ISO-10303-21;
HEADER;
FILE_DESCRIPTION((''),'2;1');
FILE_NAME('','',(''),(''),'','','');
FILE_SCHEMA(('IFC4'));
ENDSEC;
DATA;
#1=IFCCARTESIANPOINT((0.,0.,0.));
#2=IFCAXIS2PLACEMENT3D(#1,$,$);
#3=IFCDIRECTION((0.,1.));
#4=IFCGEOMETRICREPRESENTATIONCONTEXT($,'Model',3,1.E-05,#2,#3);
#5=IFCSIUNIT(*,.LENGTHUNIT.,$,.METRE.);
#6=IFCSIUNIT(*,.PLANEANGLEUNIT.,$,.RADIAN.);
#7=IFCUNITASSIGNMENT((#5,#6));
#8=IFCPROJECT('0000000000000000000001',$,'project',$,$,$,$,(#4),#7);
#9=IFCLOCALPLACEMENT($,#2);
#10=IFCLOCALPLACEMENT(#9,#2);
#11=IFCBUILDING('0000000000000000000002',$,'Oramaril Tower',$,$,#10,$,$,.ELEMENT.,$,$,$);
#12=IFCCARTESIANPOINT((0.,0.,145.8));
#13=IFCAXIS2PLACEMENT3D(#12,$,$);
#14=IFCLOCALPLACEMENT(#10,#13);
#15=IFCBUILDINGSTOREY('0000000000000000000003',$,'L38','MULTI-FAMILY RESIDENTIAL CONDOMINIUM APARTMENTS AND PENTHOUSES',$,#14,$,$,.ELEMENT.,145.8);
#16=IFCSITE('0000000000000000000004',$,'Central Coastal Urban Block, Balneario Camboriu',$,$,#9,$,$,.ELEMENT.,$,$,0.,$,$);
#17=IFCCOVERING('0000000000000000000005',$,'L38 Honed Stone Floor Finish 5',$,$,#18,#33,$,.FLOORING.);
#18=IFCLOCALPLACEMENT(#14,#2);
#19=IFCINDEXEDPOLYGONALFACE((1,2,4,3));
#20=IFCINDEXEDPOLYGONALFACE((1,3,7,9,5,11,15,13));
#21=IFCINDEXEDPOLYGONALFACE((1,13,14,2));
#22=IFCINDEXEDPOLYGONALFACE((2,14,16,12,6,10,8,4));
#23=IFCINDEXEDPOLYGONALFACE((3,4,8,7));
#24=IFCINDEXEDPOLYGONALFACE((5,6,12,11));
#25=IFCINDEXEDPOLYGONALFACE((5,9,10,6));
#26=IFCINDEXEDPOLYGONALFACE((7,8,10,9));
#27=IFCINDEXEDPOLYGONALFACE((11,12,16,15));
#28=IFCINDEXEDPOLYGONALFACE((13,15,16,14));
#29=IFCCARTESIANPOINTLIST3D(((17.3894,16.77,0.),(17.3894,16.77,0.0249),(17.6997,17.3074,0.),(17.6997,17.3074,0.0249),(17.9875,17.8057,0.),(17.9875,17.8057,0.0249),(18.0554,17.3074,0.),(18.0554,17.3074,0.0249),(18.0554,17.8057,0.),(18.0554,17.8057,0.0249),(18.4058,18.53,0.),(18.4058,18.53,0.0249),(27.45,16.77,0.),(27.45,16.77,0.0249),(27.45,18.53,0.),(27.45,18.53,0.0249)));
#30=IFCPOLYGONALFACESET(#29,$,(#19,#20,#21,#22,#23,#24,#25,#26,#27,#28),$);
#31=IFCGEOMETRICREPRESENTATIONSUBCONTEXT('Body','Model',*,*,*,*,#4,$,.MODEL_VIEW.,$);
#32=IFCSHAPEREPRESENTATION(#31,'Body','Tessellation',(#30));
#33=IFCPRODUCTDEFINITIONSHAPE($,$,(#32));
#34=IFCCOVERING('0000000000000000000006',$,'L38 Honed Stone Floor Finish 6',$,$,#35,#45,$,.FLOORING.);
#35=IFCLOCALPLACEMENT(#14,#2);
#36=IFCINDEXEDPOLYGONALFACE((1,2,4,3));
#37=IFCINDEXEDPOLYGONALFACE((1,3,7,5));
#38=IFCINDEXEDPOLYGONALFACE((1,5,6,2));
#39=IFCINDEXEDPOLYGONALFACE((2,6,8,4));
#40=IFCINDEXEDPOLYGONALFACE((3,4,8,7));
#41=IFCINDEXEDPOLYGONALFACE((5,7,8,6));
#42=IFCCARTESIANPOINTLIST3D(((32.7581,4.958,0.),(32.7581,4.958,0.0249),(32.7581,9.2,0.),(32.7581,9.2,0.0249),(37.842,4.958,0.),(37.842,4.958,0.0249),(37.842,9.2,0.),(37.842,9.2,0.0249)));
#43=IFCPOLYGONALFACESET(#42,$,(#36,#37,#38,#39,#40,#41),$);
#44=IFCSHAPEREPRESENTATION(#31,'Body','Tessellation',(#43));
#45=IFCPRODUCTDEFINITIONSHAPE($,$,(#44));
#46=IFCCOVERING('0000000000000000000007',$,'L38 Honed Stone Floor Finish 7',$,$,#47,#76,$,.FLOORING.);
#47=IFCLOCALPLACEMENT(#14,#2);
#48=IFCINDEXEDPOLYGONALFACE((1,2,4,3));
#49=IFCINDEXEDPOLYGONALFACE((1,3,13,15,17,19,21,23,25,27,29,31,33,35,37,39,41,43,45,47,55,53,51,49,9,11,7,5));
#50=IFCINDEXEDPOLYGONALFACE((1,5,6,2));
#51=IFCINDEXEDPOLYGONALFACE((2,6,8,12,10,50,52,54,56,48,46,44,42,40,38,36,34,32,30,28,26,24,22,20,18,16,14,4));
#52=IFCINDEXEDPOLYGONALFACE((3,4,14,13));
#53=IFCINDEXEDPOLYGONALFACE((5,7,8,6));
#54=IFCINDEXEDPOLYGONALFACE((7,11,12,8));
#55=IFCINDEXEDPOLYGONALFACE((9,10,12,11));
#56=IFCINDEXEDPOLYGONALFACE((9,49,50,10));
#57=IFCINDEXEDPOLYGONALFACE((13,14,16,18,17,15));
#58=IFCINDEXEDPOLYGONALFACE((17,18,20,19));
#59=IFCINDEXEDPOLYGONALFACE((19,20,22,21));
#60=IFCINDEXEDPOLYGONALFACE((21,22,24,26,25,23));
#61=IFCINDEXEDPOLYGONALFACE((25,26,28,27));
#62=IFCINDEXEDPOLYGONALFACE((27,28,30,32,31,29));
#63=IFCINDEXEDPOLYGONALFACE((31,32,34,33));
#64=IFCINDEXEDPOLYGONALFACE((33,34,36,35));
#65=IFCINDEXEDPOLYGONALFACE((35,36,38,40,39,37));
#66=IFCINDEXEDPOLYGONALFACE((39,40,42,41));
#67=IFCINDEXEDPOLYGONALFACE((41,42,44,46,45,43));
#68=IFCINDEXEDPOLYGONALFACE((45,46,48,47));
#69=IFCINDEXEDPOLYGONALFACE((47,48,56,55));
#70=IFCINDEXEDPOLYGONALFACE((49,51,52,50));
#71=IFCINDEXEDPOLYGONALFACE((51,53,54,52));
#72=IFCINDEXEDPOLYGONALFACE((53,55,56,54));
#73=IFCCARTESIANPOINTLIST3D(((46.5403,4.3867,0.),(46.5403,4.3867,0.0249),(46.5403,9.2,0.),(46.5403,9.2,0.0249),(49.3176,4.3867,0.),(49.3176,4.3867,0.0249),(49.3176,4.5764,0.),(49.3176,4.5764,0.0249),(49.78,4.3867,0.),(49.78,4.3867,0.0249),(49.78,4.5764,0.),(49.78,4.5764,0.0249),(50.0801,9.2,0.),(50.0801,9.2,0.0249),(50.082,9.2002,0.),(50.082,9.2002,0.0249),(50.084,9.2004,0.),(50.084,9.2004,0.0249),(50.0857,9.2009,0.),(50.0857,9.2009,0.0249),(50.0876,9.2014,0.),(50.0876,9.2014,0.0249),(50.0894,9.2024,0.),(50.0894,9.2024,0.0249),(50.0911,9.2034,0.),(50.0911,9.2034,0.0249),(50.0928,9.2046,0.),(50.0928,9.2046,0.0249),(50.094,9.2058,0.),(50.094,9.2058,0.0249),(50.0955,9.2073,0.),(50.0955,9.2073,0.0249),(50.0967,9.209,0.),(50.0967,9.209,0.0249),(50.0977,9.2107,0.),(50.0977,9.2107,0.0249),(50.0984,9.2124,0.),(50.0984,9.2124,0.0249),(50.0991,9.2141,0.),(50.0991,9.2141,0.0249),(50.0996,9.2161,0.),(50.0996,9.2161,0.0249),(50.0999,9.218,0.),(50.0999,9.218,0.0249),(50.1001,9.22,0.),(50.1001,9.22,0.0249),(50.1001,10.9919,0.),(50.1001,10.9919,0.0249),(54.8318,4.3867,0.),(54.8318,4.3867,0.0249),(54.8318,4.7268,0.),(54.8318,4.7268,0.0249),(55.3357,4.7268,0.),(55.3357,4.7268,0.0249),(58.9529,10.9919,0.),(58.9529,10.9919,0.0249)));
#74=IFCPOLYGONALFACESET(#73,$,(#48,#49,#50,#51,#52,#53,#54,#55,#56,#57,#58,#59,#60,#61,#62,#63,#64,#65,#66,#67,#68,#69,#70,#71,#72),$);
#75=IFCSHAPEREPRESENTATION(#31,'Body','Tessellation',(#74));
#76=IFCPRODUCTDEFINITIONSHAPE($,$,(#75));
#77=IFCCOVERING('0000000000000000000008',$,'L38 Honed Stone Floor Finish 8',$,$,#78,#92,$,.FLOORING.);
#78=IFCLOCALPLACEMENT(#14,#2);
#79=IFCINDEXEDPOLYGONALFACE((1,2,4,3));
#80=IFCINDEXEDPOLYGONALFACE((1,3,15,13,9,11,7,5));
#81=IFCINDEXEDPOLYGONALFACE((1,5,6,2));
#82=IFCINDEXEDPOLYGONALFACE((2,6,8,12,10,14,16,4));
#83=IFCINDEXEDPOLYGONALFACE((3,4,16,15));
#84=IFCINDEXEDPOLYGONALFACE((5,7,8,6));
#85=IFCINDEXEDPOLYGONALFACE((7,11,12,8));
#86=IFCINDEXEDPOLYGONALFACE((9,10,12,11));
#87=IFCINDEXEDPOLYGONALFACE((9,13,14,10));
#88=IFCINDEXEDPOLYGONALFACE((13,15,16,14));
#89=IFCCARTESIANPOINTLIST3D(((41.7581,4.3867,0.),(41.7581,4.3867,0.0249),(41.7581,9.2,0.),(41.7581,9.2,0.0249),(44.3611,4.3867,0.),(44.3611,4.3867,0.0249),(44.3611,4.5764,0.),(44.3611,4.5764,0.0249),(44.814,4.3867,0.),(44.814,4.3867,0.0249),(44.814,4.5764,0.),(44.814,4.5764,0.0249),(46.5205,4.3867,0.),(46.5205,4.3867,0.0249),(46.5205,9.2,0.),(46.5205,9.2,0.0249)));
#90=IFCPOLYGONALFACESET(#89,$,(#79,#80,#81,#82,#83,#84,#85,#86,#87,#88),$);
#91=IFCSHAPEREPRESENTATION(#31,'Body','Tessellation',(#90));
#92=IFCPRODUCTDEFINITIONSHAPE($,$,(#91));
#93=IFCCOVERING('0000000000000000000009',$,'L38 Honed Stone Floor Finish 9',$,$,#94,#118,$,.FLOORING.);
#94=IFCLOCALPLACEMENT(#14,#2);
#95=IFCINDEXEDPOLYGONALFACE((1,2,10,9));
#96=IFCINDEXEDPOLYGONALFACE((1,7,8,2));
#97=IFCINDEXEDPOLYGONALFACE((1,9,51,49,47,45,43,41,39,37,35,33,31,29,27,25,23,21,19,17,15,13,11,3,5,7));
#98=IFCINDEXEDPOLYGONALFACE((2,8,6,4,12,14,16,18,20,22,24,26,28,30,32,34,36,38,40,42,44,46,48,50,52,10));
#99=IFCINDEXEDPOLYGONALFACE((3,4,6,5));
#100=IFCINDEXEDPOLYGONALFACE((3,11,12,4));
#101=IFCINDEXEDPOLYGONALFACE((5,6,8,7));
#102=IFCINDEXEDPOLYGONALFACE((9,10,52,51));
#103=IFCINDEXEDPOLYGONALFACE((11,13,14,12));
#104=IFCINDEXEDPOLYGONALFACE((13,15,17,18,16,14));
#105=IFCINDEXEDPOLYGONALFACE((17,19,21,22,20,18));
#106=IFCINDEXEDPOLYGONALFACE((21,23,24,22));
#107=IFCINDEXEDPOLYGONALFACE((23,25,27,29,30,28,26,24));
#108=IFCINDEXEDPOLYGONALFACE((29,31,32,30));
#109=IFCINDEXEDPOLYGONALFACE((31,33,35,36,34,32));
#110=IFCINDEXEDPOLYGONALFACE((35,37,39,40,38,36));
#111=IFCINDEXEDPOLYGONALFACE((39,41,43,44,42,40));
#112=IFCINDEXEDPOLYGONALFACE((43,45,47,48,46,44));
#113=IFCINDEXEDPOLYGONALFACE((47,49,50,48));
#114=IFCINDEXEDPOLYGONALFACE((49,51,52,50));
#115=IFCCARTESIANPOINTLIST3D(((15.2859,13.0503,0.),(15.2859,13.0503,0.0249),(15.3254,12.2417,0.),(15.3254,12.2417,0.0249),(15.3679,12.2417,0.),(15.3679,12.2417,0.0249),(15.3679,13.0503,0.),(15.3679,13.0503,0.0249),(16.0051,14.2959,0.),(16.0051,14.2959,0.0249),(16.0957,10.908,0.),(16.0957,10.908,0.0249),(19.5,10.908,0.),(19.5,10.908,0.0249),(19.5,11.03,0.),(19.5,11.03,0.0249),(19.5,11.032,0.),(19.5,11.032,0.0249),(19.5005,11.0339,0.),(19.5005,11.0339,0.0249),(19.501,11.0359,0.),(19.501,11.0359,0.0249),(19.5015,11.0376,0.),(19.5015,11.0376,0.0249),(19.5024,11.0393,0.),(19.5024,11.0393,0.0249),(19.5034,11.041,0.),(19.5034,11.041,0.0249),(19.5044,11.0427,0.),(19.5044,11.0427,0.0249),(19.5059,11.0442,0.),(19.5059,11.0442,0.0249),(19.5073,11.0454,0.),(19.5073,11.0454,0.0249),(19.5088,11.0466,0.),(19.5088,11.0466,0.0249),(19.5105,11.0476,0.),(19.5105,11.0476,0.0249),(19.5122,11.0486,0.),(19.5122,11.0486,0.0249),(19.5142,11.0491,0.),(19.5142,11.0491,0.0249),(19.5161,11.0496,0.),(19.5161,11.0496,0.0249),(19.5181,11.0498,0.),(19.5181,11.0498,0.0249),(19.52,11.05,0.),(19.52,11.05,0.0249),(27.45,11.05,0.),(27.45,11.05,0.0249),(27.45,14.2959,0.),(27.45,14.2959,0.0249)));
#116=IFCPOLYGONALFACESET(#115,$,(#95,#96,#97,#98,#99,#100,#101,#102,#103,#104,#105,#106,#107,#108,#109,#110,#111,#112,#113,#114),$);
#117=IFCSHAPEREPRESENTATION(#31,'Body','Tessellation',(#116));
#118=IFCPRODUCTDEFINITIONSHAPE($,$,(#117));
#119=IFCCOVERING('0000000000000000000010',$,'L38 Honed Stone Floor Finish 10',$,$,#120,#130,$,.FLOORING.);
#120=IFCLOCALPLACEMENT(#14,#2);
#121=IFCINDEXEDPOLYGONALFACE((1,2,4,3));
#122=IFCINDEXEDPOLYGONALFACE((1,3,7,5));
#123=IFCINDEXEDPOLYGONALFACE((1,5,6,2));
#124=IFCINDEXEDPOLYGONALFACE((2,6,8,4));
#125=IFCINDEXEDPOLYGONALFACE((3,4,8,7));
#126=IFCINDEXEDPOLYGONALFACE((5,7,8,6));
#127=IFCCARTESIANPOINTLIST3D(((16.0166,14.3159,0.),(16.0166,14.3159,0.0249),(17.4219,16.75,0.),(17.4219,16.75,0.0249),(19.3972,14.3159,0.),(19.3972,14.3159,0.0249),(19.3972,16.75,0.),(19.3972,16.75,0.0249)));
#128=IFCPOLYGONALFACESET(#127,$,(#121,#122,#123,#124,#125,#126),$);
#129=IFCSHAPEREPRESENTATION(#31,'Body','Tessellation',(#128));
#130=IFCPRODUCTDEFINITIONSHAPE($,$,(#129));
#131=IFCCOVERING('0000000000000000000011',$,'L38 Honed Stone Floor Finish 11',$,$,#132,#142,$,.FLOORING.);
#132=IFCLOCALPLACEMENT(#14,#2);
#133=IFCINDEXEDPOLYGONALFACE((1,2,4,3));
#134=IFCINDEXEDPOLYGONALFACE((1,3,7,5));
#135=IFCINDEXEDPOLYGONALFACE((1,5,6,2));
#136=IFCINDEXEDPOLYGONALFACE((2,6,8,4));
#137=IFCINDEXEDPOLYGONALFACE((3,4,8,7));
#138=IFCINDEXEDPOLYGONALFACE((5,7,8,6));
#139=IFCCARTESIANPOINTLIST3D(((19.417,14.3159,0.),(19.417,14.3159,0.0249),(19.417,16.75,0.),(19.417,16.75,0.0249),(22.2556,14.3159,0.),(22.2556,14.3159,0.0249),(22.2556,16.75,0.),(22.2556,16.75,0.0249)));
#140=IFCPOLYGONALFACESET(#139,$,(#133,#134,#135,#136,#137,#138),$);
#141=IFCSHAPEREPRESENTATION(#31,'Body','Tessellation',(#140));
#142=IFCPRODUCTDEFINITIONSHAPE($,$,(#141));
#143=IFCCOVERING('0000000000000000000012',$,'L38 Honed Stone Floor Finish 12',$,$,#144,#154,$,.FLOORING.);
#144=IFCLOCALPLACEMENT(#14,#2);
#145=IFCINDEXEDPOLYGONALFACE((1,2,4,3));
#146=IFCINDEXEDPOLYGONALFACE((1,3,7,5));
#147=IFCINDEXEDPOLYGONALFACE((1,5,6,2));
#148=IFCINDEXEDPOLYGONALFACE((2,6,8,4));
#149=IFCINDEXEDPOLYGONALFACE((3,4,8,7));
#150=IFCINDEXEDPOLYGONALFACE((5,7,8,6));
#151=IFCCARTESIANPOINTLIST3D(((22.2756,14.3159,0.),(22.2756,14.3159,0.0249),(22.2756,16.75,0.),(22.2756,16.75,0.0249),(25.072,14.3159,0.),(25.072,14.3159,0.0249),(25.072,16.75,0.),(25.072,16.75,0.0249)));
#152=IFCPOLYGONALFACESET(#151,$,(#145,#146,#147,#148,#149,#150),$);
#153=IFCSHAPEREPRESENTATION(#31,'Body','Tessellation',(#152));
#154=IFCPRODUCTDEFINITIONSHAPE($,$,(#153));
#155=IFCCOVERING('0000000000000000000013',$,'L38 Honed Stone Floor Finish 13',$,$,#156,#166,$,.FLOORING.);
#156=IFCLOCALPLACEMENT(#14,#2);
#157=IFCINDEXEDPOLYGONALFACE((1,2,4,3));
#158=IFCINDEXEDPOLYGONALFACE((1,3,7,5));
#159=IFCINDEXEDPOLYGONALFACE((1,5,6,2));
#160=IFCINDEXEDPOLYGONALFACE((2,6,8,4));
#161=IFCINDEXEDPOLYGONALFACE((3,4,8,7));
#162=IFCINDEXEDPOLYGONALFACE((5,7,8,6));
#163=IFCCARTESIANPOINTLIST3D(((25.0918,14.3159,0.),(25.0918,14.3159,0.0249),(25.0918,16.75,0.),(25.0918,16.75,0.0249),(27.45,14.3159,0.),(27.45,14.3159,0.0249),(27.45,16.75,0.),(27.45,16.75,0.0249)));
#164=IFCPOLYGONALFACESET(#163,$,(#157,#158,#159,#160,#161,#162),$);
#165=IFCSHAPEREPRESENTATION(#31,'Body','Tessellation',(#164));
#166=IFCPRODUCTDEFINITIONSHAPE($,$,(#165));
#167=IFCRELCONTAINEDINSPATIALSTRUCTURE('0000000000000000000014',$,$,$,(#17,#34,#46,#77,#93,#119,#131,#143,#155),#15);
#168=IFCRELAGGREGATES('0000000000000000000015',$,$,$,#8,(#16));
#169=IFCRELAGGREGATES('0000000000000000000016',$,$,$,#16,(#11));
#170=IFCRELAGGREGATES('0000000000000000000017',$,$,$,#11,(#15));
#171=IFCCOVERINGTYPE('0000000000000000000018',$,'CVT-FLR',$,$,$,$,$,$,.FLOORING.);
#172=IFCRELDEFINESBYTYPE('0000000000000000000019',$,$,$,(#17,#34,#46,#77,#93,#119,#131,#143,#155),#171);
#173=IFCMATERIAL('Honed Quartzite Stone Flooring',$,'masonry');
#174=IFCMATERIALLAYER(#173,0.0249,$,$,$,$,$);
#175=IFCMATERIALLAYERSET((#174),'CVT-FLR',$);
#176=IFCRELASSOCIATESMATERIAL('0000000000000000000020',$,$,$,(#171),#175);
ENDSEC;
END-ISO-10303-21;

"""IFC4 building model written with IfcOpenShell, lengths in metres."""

from ifc_helpers import new_model, si_unit, direction, frame, origin, place, context, subcontext, project, spatial, polyline, outline, extrude, material, layer, layer_set, type_object, element, save


model = new_model("IFC4")

# Units and contexts
model_context = context("Model", 3, precision=1e-05, world=origin(), true_north=direction((0.0, 1.0)))
body_context = subcontext(model_context, "Body", "Model", "MODEL_VIEW")
ifc_project = project(units=[si_unit("LENGTHUNIT", "METRE"), si_unit("PLANEANGLEUNIT", "RADIAN")], contexts=[model_context])

# Site, building, storey
site_placement = place(None, origin())
site = spatial("IfcSite", under=ifc_project, at=site_placement, Name="Central Coastal Urban Block, Balneario Camboriu", CompositionType="ELEMENT", RefElevation=0.0)
building_placement = place(site_placement, origin())
building = spatial("IfcBuilding", under=site, at=building_placement, Name="Oramaril Tower", CompositionType="ELEMENT")
storey_placement = place(building_placement, frame((0.0, 0.0, 145.8)))
storey = spatial("IfcBuildingStorey", under=building, at=storey_placement, Name="L38", Description="MULTI-FAMILY RESIDENTIAL CONDOMINIUM APARTMENTS AND PENTHOUSES", CompositionType="ELEMENT", Elevation=145.8)

# Coverings
ifc_material_1 = material(Name="Honed Quartzite Stone Flooring", Category="masonry")
ifc_layer_1 = layer(ifc_material_1, 0.0249)
ifc_layer_set_1 = layer_set([ifc_layer_1], Name="CVT-FLR")
covering_type_1 = type_object("IfcCoveringType", Name="CVT-FLR", PredefinedType="FLOORING", material=ifc_layer_set_1)
covering_1_placement = place(storey_placement, origin())
element("IfcCovering", 1, at=covering_1_placement, inside=storey, type_object=covering_type_1, Name="L38 Honed Stone Floor Finish 5", PredefinedType="FLOORING", context=body_context, shape_type="SweptSolid", body=[
    extrude(outline(polyline([(17.3894, 16.77), (17.6997, 17.3074), (18.0554, 17.3074), (18.0554, 17.8057), (17.9875, 17.8057), (18.4058, 18.53), (27.45, 18.53), (27.45, 16.77), (17.3894, 16.77)])), origin(), (0.0, 0.0, 1.0), 0.0249),
])
covering_2_placement = place(storey_placement, origin())
element("IfcCovering", 2, at=covering_2_placement, inside=storey, type_object=covering_type_1, Name="L38 Honed Stone Floor Finish 6", PredefinedType="FLOORING", context=body_context, shape_type="SweptSolid", body=[
    extrude(outline(polyline([(32.7581, 4.958), (32.7581, 9.2), (37.842, 9.2), (37.842, 4.958), (32.7581, 4.958)])), origin(), (0.0, 0.0, 1.0), 0.0249),
])
covering_3_placement = place(storey_placement, origin())
element("IfcCovering", 3, at=covering_3_placement, inside=storey, type_object=covering_type_1, Name="L38 Honed Stone Floor Finish 7", PredefinedType="FLOORING", context=body_context, shape_type="SweptSolid", body=[
    extrude(outline(polyline([(58.9529, 10.9919), (55.3357, 4.7268), (54.8318, 4.7268), (54.8318, 4.3867), (49.78, 4.3867), (49.78, 4.5764), (49.3176, 4.5764), (49.3176, 4.3867), (46.5403, 4.3867), (46.5403, 9.2), (50.0801, 9.2), (50.082, 9.2002), (50.084, 9.2004), (50.0857, 9.2009), (50.0876, 9.2014), (50.0894, 9.2024), (50.0911, 9.2034), (50.0928, 9.2046), (50.094, 9.2058), (50.0955, 9.2073), (50.0967, 9.209), (50.0977, 9.2107), (50.0984, 9.2124), (50.0991, 9.2141), (50.0996, 9.2161), (50.0999, 9.218), (50.1001, 9.22), (50.1001, 10.9919), (58.9529, 10.9919)])), origin(), (0.0, 0.0, 1.0), 0.0249),
])
covering_4_placement = place(storey_placement, origin())
element("IfcCovering", 4, at=covering_4_placement, inside=storey, type_object=covering_type_1, Name="L38 Honed Stone Floor Finish 8", PredefinedType="FLOORING", context=body_context, shape_type="SweptSolid", body=[
    extrude(outline(polyline([(44.814, 4.3867), (44.814, 4.5764), (44.3611, 4.5764), (44.3611, 4.3867), (41.7581, 4.3867), (41.7581, 9.2), (46.5205, 9.2), (46.5205, 4.3867), (44.814, 4.3867)])), origin(), (0.0, 0.0, 1.0), 0.0249),
])
covering_5_placement = place(storey_placement, origin())
element("IfcCovering", 5, at=covering_5_placement, inside=storey, type_object=covering_type_1, Name="L38 Honed Stone Floor Finish 9", PredefinedType="FLOORING", context=body_context, shape_type="SweptSolid", body=[
    extrude(outline(polyline([(16.0957, 10.908), (15.3254, 12.2417), (15.3679, 12.2417), (15.3679, 13.0503), (15.2859, 13.0503), (16.0051, 14.2959), (27.45, 14.2959), (27.45, 11.05), (19.52, 11.05), (19.5181, 11.0498), (19.5161, 11.0496), (19.5142, 11.0491), (19.5122, 11.0486), (19.5105, 11.0476), (19.5088, 11.0466), (19.5073, 11.0454), (19.5059, 11.0442), (19.5044, 11.0427), (19.5034, 11.041), (19.5024, 11.0393), (19.5015, 11.0376), (19.501, 11.0359), (19.5005, 11.0339), (19.5, 11.032), (19.5, 11.03), (19.5, 10.908), (16.0957, 10.908)])), origin(), (0.0, 0.0, 1.0), 0.0249),
])
covering_6_placement = place(storey_placement, origin())
element("IfcCovering", 6, at=covering_6_placement, inside=storey, type_object=covering_type_1, Name="L38 Honed Stone Floor Finish 10", PredefinedType="FLOORING", context=body_context, shape_type="SweptSolid", body=[
    extrude(outline(polyline([(17.4219, 16.75), (19.3972, 16.75), (19.3972, 14.3159), (16.0166, 14.3159), (17.4219, 16.75)])), origin(), (0.0, 0.0, 1.0), 0.0249),
])
covering_7_placement = place(storey_placement, origin())
element("IfcCovering", 7, at=covering_7_placement, inside=storey, type_object=covering_type_1, Name="L38 Honed Stone Floor Finish 11", PredefinedType="FLOORING", context=body_context, shape_type="SweptSolid", body=[
    extrude(outline(polyline([(22.2556, 14.3159), (19.417, 14.3159), (19.417, 16.75), (22.2556, 16.75), (22.2556, 14.3159)])), origin(), (0.0, 0.0, 1.0), 0.0249),
])
covering_8_placement = place(storey_placement, origin())
element("IfcCovering", 8, at=covering_8_placement, inside=storey, type_object=covering_type_1, Name="L38 Honed Stone Floor Finish 12", PredefinedType="FLOORING", context=body_context, shape_type="SweptSolid", body=[
    extrude(outline(polyline([(25.072, 14.3159), (22.2756, 14.3159), (22.2756, 16.75), (25.072, 16.75), (25.072, 14.3159)])), origin(), (0.0, 0.0, 1.0), 0.0249),
])
covering_9_placement = place(storey_placement, origin())
element("IfcCovering", 9, at=covering_9_placement, inside=storey, type_object=covering_type_1, Name="L38 Honed Stone Floor Finish 13", PredefinedType="FLOORING", context=body_context, shape_type="SweptSolid", body=[
    extrude(outline(polyline([(25.0918, 16.75), (27.45, 16.75), (27.45, 14.3159), (25.0918, 14.3159), (25.0918, 16.75)])), origin(), (0.0, 0.0, 1.0), 0.0249),
])

save(model, "model.ifc")
